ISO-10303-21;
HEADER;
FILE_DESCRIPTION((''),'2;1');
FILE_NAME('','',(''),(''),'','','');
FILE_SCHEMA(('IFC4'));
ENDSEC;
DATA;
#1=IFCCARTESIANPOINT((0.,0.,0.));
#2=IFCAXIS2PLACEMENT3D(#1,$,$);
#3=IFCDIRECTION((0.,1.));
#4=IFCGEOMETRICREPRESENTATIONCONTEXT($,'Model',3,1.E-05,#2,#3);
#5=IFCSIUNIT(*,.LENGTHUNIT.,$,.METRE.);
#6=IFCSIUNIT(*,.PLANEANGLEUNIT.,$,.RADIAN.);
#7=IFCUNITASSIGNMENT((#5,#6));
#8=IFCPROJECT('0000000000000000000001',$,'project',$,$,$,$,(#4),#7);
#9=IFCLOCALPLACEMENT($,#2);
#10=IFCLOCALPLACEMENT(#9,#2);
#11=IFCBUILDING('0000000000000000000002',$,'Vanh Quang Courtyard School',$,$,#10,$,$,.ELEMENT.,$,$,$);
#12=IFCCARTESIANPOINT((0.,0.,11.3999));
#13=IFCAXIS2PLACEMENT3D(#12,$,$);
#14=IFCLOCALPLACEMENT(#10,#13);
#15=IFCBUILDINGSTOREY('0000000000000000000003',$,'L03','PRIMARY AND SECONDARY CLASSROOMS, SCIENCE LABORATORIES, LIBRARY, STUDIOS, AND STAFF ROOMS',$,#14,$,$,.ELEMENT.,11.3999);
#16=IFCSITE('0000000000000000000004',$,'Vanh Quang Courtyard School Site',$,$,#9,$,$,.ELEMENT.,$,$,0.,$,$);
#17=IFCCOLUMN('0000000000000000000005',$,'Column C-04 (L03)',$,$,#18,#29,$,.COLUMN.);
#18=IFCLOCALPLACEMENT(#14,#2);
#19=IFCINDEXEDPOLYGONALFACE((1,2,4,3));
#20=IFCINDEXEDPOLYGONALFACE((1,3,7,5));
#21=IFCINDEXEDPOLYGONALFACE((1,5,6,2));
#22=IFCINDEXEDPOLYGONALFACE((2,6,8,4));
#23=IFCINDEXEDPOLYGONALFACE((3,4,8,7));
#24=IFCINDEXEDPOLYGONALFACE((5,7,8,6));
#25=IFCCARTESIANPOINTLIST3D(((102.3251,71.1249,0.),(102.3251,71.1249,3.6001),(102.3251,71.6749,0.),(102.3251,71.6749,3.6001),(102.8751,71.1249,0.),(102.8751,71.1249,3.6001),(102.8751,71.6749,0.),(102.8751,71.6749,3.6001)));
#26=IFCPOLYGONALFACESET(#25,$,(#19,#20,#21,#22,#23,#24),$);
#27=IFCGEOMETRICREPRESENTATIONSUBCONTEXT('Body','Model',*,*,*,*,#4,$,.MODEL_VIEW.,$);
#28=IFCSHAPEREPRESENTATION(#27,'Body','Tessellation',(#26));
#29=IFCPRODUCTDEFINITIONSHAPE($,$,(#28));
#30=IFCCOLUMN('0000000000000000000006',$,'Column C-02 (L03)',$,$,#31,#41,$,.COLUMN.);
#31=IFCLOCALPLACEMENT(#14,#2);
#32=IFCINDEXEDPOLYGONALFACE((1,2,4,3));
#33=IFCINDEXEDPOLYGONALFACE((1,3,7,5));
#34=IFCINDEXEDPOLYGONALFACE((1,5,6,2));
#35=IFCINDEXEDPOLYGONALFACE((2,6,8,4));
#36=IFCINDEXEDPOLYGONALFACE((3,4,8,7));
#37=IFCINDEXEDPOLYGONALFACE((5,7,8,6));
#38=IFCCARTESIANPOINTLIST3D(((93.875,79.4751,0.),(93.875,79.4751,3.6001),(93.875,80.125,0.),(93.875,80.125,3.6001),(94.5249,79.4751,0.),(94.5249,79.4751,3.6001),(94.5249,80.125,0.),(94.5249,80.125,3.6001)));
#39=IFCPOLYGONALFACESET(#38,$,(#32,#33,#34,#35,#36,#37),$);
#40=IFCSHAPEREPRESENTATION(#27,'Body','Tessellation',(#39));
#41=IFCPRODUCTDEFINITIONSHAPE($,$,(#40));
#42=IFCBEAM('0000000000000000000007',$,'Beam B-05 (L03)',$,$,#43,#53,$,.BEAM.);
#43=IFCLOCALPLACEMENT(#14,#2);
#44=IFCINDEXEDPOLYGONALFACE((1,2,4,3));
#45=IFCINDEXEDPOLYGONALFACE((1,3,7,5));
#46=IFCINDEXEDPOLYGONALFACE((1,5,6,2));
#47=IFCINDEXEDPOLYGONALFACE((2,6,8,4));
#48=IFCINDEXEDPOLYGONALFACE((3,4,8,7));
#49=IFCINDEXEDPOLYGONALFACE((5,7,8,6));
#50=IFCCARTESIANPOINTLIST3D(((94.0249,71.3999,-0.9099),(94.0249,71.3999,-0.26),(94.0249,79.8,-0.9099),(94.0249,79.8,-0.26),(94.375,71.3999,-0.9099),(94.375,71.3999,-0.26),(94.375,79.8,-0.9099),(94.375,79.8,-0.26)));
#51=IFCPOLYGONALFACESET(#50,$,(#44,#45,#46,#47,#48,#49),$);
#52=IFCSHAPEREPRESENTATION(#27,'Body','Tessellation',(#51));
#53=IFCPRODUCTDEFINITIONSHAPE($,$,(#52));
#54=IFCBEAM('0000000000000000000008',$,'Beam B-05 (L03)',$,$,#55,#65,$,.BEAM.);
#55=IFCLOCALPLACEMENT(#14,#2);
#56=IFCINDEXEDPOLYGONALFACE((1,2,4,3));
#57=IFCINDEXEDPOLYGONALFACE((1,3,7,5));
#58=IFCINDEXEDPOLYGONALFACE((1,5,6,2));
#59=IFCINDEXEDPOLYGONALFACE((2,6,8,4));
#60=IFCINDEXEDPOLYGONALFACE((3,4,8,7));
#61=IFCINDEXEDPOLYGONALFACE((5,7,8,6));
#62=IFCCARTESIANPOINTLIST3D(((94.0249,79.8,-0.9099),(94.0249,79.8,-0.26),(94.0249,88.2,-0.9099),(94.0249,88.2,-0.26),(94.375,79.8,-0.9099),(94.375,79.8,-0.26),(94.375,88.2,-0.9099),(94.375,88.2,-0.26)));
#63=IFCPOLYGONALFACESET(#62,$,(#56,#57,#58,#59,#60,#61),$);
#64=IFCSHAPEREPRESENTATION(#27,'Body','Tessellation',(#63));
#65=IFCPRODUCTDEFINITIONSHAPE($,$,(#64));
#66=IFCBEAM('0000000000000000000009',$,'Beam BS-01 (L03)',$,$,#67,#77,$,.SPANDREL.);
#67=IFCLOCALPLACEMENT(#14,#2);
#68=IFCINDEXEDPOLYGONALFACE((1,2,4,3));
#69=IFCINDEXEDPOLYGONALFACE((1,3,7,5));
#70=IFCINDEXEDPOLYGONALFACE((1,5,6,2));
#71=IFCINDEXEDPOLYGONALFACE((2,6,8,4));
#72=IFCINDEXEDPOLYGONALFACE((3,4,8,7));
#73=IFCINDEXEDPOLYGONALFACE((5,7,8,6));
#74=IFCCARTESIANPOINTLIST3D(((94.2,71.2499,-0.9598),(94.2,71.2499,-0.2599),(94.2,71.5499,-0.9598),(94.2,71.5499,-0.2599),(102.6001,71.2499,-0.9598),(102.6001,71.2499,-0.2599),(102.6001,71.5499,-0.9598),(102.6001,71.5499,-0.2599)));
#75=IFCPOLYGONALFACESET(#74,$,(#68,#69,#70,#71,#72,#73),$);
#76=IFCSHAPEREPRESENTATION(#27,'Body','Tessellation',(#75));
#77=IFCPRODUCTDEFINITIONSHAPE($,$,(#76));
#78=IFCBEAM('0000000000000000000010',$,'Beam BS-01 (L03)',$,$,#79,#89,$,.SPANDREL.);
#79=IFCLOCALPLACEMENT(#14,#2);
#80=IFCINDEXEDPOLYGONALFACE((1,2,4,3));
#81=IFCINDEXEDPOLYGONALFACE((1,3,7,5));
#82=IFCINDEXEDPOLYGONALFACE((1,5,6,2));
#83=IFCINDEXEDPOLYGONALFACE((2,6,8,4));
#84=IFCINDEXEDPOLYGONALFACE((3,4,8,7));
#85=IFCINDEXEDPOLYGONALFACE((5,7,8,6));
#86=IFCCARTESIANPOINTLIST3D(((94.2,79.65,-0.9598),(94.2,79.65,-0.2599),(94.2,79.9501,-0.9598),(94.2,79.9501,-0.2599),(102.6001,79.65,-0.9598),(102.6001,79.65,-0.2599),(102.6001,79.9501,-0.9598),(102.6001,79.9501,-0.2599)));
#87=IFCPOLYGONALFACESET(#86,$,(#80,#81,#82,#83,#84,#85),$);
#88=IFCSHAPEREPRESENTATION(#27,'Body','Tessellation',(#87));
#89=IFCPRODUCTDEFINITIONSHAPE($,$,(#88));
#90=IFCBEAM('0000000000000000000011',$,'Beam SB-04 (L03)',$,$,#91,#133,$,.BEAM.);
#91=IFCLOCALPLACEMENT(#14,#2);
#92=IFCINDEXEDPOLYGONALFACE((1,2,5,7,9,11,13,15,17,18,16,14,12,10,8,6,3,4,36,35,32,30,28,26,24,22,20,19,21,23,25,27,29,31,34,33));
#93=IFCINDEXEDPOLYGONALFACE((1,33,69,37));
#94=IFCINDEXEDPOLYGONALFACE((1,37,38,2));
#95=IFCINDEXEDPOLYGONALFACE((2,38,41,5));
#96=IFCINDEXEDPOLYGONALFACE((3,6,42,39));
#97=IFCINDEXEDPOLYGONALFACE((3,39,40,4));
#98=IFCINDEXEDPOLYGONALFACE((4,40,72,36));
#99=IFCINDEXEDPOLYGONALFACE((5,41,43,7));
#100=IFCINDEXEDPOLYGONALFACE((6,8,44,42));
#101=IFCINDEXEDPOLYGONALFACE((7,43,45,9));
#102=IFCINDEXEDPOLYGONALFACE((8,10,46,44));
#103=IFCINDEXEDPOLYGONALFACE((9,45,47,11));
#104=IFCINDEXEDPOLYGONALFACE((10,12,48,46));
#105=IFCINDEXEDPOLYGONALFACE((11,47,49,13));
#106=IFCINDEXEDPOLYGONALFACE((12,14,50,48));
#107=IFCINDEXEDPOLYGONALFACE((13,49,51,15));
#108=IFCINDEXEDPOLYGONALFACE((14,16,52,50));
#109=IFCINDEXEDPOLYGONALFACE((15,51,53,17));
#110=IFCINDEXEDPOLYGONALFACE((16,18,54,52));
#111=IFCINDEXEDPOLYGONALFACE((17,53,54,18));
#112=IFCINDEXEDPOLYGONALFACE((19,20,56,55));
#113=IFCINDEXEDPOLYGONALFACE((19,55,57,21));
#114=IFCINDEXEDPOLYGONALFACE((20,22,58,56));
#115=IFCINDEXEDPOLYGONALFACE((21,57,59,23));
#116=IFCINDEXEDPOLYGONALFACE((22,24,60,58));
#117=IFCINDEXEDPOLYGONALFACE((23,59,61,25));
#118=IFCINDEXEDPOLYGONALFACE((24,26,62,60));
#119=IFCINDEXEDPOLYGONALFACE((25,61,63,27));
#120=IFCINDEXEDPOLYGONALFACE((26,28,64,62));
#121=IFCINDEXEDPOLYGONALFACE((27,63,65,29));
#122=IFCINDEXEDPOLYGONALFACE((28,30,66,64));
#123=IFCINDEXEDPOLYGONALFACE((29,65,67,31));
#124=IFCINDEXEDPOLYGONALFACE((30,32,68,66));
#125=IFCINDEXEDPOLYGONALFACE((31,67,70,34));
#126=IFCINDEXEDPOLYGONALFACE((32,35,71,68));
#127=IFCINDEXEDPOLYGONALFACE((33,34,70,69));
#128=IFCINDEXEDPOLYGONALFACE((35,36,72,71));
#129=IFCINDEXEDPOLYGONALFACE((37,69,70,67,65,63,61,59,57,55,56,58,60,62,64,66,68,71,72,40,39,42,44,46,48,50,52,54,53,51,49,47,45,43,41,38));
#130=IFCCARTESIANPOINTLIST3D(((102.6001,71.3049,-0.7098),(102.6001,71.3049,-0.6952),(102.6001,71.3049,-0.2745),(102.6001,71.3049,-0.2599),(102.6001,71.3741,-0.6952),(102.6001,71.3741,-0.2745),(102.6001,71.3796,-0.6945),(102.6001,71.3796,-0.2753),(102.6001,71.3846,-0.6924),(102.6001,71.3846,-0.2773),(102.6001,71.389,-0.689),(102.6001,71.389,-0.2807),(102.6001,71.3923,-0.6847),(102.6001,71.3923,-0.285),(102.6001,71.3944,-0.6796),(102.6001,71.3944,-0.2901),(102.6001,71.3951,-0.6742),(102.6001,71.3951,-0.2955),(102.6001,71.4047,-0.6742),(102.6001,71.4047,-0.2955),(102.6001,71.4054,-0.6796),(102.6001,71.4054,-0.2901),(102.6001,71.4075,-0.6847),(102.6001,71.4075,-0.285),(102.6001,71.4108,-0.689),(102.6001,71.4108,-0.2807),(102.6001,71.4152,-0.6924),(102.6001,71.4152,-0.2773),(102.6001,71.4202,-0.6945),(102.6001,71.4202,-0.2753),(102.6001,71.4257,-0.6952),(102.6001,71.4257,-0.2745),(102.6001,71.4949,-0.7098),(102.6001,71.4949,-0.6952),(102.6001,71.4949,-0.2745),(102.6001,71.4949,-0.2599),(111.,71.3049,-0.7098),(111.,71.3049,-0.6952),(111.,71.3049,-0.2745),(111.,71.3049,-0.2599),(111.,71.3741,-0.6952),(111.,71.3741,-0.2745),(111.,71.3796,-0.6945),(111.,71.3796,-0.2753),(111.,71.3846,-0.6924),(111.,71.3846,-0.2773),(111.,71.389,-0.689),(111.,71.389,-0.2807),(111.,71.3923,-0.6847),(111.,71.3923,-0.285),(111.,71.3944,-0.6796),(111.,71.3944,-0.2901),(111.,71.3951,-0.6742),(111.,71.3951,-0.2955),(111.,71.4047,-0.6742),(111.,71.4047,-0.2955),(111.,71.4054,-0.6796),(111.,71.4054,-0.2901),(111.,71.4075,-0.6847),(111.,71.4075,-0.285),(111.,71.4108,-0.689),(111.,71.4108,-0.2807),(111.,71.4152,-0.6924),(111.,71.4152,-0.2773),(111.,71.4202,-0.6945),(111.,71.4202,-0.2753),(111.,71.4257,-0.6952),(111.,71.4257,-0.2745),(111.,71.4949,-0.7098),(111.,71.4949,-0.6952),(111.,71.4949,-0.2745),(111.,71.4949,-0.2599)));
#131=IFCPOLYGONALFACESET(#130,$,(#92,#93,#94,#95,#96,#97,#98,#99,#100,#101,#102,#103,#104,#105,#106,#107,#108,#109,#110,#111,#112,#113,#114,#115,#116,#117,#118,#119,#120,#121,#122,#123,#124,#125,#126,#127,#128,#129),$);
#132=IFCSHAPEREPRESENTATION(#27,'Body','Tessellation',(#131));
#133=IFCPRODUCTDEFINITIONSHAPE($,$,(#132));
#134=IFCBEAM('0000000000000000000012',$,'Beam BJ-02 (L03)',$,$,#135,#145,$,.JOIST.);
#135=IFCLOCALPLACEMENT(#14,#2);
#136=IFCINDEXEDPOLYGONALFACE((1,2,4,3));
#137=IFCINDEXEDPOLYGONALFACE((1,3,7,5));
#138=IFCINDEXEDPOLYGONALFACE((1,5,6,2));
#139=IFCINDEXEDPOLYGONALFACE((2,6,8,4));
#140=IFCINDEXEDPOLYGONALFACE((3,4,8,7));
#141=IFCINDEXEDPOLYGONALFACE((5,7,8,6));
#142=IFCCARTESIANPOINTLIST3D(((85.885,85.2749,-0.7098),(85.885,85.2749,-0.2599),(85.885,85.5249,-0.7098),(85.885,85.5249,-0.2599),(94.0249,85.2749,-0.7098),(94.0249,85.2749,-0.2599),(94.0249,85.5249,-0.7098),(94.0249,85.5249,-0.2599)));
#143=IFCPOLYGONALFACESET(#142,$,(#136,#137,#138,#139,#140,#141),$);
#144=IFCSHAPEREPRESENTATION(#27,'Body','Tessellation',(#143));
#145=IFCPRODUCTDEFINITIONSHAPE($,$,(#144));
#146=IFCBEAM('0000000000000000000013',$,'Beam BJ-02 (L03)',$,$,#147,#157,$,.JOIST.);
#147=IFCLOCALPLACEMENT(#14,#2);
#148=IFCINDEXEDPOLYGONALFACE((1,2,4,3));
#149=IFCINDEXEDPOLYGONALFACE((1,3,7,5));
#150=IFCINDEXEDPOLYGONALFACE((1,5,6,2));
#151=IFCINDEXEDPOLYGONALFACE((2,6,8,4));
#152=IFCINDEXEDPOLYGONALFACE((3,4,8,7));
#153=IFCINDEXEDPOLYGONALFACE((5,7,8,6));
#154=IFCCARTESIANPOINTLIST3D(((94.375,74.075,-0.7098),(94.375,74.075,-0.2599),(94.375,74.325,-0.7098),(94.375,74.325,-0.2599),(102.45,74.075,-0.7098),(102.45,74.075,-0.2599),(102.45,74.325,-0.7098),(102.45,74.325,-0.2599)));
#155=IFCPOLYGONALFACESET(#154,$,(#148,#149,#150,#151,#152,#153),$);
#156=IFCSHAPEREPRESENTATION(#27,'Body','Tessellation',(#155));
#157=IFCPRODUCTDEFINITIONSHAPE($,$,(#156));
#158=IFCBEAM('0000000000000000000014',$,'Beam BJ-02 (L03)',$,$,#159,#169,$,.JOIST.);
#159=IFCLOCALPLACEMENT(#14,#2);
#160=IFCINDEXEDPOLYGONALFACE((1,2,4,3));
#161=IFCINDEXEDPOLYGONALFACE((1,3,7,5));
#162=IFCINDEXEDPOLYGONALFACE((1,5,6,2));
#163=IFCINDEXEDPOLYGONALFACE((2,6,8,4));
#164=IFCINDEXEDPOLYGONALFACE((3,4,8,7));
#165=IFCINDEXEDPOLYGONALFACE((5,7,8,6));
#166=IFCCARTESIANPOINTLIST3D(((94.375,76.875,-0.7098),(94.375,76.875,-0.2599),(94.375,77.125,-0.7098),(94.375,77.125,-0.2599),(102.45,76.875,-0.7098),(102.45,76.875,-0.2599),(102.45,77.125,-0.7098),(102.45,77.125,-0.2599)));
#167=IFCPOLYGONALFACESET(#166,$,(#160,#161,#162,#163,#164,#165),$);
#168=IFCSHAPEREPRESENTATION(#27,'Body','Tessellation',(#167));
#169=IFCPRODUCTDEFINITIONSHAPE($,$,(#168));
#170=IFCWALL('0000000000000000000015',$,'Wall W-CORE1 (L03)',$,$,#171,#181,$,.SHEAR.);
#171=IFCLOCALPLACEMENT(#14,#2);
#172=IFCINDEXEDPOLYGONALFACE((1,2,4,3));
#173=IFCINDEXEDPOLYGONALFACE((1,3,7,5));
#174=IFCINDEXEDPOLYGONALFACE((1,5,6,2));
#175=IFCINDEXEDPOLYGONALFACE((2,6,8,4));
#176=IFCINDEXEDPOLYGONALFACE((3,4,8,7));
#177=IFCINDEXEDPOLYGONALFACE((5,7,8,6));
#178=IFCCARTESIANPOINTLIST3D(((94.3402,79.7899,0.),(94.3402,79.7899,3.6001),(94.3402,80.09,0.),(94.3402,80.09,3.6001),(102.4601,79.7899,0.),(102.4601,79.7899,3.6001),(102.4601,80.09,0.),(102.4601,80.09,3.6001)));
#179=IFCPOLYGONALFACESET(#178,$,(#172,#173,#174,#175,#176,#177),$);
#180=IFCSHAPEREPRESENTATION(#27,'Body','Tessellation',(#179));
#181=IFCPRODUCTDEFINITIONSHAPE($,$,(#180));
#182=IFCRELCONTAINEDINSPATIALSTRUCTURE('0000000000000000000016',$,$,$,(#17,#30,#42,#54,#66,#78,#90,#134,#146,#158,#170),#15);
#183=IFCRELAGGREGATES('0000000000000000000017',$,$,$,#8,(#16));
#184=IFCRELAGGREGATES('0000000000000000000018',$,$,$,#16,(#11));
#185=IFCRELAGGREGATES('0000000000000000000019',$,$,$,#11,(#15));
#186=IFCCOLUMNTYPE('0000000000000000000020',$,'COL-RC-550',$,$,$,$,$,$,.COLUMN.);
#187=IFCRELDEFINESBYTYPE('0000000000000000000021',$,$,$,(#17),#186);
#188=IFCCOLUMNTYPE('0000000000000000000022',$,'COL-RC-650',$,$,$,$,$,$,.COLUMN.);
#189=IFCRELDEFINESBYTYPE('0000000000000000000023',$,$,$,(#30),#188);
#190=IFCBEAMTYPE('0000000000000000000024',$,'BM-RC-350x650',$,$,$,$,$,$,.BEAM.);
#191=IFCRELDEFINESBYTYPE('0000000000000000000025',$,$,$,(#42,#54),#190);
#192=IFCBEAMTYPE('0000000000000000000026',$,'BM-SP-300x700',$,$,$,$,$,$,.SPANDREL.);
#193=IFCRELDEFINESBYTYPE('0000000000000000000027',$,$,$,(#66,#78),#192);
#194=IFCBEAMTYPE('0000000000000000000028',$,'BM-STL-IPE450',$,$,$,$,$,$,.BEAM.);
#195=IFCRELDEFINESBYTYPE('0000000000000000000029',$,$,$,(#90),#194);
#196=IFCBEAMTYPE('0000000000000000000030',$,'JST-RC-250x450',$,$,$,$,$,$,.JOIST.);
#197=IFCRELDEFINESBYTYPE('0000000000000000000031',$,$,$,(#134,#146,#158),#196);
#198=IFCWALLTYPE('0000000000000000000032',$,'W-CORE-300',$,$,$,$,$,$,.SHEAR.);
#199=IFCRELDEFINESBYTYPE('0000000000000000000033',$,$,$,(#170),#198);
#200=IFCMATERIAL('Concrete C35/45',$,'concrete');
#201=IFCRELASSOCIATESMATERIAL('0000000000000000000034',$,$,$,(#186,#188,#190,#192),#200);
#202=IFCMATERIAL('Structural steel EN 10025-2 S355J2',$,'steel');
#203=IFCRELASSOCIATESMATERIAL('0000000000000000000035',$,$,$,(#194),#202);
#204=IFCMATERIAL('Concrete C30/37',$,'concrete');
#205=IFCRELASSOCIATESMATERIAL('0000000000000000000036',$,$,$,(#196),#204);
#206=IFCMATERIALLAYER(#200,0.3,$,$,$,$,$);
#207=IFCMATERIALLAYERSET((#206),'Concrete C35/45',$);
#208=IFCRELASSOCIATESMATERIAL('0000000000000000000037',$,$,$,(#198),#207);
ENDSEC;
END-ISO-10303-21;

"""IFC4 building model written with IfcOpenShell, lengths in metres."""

from ifc_helpers import new_model, si_unit, direction, frame, frame_2d, origin, origin_2d, place, context, subcontext, project, spatial, rectangle, i_section, extrude, material, layer, layer_set, material_profile, profile_set, type_object, element, save


model = new_model("IFC4")

# Units and contexts
model_context = context("Model", 3, precision=1e-05, world=origin(), true_north=direction((0.0, 1.0)))
body_context = subcontext(model_context, "Body", "Model", "MODEL_VIEW")
ifc_project = project(units=[si_unit("LENGTHUNIT", "METRE"), si_unit("PLANEANGLEUNIT", "RADIAN")], contexts=[model_context])

# Site, building, storey
site_placement = place(None, origin())
site = spatial("IfcSite", under=ifc_project, at=site_placement, Name="Vanh Quang Courtyard School Site", CompositionType="ELEMENT", RefElevation=0.0)
building_placement = place(site_placement, origin())
building = spatial("IfcBuilding", under=site, at=building_placement, Name="Vanh Quang Courtyard School", CompositionType="ELEMENT")
storey_placement = place(building_placement, frame((0.0, 0.0, 11.3999)))
storey = spatial("IfcBuildingStorey", under=building, at=storey_placement, Name="L03", Description="PRIMARY AND SECONDARY CLASSROOMS, SCIENCE LABORATORIES, LIBRARY, STUDIOS, AND STAFF ROOMS", CompositionType="ELEMENT", Elevation=11.3999)

# Columns
ifc_material_1 = material(Name="Concrete C35/45", Category="concrete")
ifc_material_profile_1 = material_profile(ifc_material_1, rectangle(XDim=0.55, YDim=0.55, at=origin_2d()), Name="RC-COL 550x550")
ifc_profile_set_1 = profile_set([ifc_material_profile_1], Name="Concrete C35/45")
column_type_1 = type_object("IfcColumnType", Name="COL-RC-550", PredefinedType="COLUMN", material=ifc_profile_set_1)
column_1_placement = place(storey_placement, frame((102.6001, 71.3999, 0.0), z_axis=(0.0, 0.0, 1.0), x_axis=(1.0, 0.0, 0.0)))
element("IfcColumn", 1, at=column_1_placement, inside=storey, type_object=column_type_1, Name="Column C-04 (L03)", PredefinedType="COLUMN", context=body_context, shape_type="SweptSolid", body=[
    extrude(rectangle(XDim=0.55, YDim=0.55, at=origin_2d()), origin(), (0.0, 0.0, 1.0), 3.6001),
])
ifc_material_profile_2 = material_profile(ifc_material_1, rectangle(XDim=0.6499, YDim=0.6499, at=origin_2d()), Name="RC-COL 650x650")
ifc_profile_set_2 = profile_set([ifc_material_profile_2], Name="Concrete C35/45")
column_type_2 = type_object("IfcColumnType", Name="COL-RC-650", PredefinedType="COLUMN", material=ifc_profile_set_2)
column_2_placement = place(storey_placement, frame((94.2, 79.8, 0.0), z_axis=(0.0, 0.0, 1.0), x_axis=(1.0, 0.0, 0.0)))
element("IfcColumn", 2, at=column_2_placement, inside=storey, type_object=column_type_2, Name="Column C-02 (L03)", PredefinedType="COLUMN", context=body_context, shape_type="SweptSolid", body=[
    extrude(rectangle(XDim=0.6499, YDim=0.6499, at=origin_2d()), origin(), (0.0, 0.0, 1.0), 3.6001),
])

# Beams
ifc_material_profile_3 = material_profile(ifc_material_1, rectangle(XDim=0.3501, YDim=0.6499, at=origin_2d()), Name="RC-BM 350x650")
ifc_profile_set_3 = profile_set([ifc_material_profile_3], Name="Concrete C35/45")
beam_type_1 = type_object("IfcBeamType", Name="BM-RC-350x650", PredefinedType="BEAM", material=ifc_profile_set_3)
beam_1_placement = place(storey_placement, frame((94.2, 71.3999, -0.585), z_axis=(0.0, 1.0, 0.0), x_axis=(-1.0, 0.0, 0.0)))
element("IfcBeam", 3, at=beam_1_placement, inside=storey, type_object=beam_type_1, Name="Beam B-05 (L03)", PredefinedType="BEAM", context=body_context, shape_type="SweptSolid", body=[
    extrude(rectangle(XDim=0.3501, YDim=0.6499, at=origin_2d()), origin(), (0.0, 0.0, 1.0), 8.4001),
])
beam_2_placement = place(storey_placement, frame((94.2, 79.8, -0.585), z_axis=(0.0, 1.0, 0.0), x_axis=(-1.0, 0.0, 0.0)))
element("IfcBeam", 4, at=beam_2_placement, inside=storey, type_object=beam_type_1, Name="Beam B-05 (L03)", PredefinedType="BEAM", context=body_context, shape_type="SweptSolid", body=[
    extrude(rectangle(XDim=0.3501, YDim=0.6499, at=origin_2d()), origin(), (0.0, 0.0, 1.0), 8.3999),
])
ifc_material_profile_4 = material_profile(ifc_material_1, rectangle(XDim=0.3, YDim=0.7, at=origin_2d()), Name="RC-SP 300x700")
ifc_profile_set_4 = profile_set([ifc_material_profile_4], Name="Concrete C35/45")
beam_type_2 = type_object("IfcBeamType", Name="BM-SP-300x700", PredefinedType="SPANDREL", material=ifc_profile_set_4)
for number, where, z_axis, x_axis, name in (
    (5, (94.2, 71.3999, -0.6099), (1.0, 0.0, 0.0), (0.0, 1.0, 0.0), "Beam BS-01 (L03)"),
    (6, (94.2, 79.8, -0.6099), (1.0, 0.0, 0.0), (0.0, 1.0, 0.0), "Beam BS-01 (L03)"),
):
    element("IfcBeam", number, at=place(storey_placement, frame(where, z_axis=z_axis, x_axis=x_axis)), inside=storey, type_object=beam_type_2, Name=name, PredefinedType="SPANDREL", context=body_context, shape_type="SweptSolid", body=[
        extrude(rectangle(XDim=0.3, YDim=0.7, at=origin_2d()), origin(), (0.0, 0.0, 1.0), 8.4001),
    ])
ifc_material_2 = material(Name="Structural steel EN 10025-2 S355J2", Category="steel")
ifc_material_profile_5 = material_profile(ifc_material_2, i_section(OverallWidth=0.1899, OverallDepth=0.45, WebThickness=0.0095, FlangeThickness=0.0146, FilletRadius=0.021, at=origin_2d()), Name="IPE 450")
ifc_profile_set_5 = profile_set([ifc_material_profile_5], Name="Structural steel EN 10025-2 S355J2")
beam_type_3 = type_object("IfcBeamType", Name="BM-STL-IPE450", PredefinedType="BEAM", material=ifc_profile_set_5)
beam_3_placement = place(storey_placement, frame((102.6001, 71.3999, -0.4849), z_axis=(1.0, 0.0, 0.0), x_axis=(0.0, 1.0, 0.0)))
element("IfcBeam", 7, at=beam_3_placement, inside=storey, type_object=beam_type_3, Name="Beam SB-04 (L03)", PredefinedType="BEAM", context=body_context, shape_type="SweptSolid", body=[
    extrude(i_section(OverallWidth=0.1899, OverallDepth=0.45, WebThickness=0.0095, FlangeThickness=0.0146, FilletRadius=0.021, at=origin_2d()), origin(), (0.0, 0.0, 1.0), 8.3999),
])
ifc_material_3 = material(Name="Concrete C30/37", Category="concrete")
ifc_material_profile_6 = material_profile(ifc_material_3, rectangle(XDim=0.25, YDim=0.45, at=origin_2d()), Name="RC-JST 250x450")
ifc_profile_set_6 = profile_set([ifc_material_profile_6], Name="Concrete C30/37")
beam_type_4 = type_object("IfcBeamType", Name="JST-RC-250x450", PredefinedType="JOIST", material=ifc_profile_set_6)
beam_4_placement = place(storey_placement, frame((85.885, 85.3999, -0.4849), z_axis=(1.0, 0.0, 0.0), x_axis=(0.0, 1.0, 0.0)))
element("IfcBeam", 8, at=beam_4_placement, inside=storey, type_object=beam_type_4, Name="Beam BJ-02 (L03)", PredefinedType="JOIST", context=body_context, shape_type="SweptSolid", body=[
    extrude(rectangle(XDim=0.25, YDim=0.45, at=origin_2d()), origin(), (0.0, 0.0, 1.0), 8.1399),
])
for number, where, z_axis, x_axis, name in (
    (9, (94.375, 74.2, -0.4849), (1.0, 0.0, 0.0), (0.0, 1.0, 0.0), "Beam BJ-02 (L03)"),
    (10, (94.375, 77.0, -0.4849), (1.0, 0.0, 0.0), (0.0, 1.0, 0.0), "Beam BJ-02 (L03)"),
):
    element("IfcBeam", number, at=place(storey_placement, frame(where, z_axis=z_axis, x_axis=x_axis)), inside=storey, type_object=beam_type_4, Name=name, PredefinedType="JOIST", context=body_context, shape_type="SweptSolid", body=[
        extrude(rectangle(XDim=0.25, YDim=0.45, at=origin_2d()), origin(), (0.0, 0.0, 1.0), 8.075),
    ])

# Wall
ifc_layer_1 = layer(ifc_material_1, 0.3)
ifc_layer_set_1 = layer_set([ifc_layer_1], Name="Concrete C35/45")
wall_type_1 = type_object("IfcWallType", Name="W-CORE-300", PredefinedType="SHEAR", material=ifc_layer_set_1)
wall_1_placement = place(storey_placement, frame((94.3401, 79.9399, 0.0), z_axis=(0.0, 0.0, 1.0), x_axis=(1.0, 0.0, 0.0)))
element("IfcWall", 11, at=wall_1_placement, inside=storey, type_object=wall_type_1, Name="Wall W-CORE1 (L03)", PredefinedType="SHEAR", context=body_context, shape_type="SweptSolid", body=[
    extrude(rectangle(XDim=8.1199, YDim=0.3, at=frame_2d((4.0601, 0.0))), origin(), (0.0, 0.0, 1.0), 3.6001),
])

save(model, "model.ifc")
